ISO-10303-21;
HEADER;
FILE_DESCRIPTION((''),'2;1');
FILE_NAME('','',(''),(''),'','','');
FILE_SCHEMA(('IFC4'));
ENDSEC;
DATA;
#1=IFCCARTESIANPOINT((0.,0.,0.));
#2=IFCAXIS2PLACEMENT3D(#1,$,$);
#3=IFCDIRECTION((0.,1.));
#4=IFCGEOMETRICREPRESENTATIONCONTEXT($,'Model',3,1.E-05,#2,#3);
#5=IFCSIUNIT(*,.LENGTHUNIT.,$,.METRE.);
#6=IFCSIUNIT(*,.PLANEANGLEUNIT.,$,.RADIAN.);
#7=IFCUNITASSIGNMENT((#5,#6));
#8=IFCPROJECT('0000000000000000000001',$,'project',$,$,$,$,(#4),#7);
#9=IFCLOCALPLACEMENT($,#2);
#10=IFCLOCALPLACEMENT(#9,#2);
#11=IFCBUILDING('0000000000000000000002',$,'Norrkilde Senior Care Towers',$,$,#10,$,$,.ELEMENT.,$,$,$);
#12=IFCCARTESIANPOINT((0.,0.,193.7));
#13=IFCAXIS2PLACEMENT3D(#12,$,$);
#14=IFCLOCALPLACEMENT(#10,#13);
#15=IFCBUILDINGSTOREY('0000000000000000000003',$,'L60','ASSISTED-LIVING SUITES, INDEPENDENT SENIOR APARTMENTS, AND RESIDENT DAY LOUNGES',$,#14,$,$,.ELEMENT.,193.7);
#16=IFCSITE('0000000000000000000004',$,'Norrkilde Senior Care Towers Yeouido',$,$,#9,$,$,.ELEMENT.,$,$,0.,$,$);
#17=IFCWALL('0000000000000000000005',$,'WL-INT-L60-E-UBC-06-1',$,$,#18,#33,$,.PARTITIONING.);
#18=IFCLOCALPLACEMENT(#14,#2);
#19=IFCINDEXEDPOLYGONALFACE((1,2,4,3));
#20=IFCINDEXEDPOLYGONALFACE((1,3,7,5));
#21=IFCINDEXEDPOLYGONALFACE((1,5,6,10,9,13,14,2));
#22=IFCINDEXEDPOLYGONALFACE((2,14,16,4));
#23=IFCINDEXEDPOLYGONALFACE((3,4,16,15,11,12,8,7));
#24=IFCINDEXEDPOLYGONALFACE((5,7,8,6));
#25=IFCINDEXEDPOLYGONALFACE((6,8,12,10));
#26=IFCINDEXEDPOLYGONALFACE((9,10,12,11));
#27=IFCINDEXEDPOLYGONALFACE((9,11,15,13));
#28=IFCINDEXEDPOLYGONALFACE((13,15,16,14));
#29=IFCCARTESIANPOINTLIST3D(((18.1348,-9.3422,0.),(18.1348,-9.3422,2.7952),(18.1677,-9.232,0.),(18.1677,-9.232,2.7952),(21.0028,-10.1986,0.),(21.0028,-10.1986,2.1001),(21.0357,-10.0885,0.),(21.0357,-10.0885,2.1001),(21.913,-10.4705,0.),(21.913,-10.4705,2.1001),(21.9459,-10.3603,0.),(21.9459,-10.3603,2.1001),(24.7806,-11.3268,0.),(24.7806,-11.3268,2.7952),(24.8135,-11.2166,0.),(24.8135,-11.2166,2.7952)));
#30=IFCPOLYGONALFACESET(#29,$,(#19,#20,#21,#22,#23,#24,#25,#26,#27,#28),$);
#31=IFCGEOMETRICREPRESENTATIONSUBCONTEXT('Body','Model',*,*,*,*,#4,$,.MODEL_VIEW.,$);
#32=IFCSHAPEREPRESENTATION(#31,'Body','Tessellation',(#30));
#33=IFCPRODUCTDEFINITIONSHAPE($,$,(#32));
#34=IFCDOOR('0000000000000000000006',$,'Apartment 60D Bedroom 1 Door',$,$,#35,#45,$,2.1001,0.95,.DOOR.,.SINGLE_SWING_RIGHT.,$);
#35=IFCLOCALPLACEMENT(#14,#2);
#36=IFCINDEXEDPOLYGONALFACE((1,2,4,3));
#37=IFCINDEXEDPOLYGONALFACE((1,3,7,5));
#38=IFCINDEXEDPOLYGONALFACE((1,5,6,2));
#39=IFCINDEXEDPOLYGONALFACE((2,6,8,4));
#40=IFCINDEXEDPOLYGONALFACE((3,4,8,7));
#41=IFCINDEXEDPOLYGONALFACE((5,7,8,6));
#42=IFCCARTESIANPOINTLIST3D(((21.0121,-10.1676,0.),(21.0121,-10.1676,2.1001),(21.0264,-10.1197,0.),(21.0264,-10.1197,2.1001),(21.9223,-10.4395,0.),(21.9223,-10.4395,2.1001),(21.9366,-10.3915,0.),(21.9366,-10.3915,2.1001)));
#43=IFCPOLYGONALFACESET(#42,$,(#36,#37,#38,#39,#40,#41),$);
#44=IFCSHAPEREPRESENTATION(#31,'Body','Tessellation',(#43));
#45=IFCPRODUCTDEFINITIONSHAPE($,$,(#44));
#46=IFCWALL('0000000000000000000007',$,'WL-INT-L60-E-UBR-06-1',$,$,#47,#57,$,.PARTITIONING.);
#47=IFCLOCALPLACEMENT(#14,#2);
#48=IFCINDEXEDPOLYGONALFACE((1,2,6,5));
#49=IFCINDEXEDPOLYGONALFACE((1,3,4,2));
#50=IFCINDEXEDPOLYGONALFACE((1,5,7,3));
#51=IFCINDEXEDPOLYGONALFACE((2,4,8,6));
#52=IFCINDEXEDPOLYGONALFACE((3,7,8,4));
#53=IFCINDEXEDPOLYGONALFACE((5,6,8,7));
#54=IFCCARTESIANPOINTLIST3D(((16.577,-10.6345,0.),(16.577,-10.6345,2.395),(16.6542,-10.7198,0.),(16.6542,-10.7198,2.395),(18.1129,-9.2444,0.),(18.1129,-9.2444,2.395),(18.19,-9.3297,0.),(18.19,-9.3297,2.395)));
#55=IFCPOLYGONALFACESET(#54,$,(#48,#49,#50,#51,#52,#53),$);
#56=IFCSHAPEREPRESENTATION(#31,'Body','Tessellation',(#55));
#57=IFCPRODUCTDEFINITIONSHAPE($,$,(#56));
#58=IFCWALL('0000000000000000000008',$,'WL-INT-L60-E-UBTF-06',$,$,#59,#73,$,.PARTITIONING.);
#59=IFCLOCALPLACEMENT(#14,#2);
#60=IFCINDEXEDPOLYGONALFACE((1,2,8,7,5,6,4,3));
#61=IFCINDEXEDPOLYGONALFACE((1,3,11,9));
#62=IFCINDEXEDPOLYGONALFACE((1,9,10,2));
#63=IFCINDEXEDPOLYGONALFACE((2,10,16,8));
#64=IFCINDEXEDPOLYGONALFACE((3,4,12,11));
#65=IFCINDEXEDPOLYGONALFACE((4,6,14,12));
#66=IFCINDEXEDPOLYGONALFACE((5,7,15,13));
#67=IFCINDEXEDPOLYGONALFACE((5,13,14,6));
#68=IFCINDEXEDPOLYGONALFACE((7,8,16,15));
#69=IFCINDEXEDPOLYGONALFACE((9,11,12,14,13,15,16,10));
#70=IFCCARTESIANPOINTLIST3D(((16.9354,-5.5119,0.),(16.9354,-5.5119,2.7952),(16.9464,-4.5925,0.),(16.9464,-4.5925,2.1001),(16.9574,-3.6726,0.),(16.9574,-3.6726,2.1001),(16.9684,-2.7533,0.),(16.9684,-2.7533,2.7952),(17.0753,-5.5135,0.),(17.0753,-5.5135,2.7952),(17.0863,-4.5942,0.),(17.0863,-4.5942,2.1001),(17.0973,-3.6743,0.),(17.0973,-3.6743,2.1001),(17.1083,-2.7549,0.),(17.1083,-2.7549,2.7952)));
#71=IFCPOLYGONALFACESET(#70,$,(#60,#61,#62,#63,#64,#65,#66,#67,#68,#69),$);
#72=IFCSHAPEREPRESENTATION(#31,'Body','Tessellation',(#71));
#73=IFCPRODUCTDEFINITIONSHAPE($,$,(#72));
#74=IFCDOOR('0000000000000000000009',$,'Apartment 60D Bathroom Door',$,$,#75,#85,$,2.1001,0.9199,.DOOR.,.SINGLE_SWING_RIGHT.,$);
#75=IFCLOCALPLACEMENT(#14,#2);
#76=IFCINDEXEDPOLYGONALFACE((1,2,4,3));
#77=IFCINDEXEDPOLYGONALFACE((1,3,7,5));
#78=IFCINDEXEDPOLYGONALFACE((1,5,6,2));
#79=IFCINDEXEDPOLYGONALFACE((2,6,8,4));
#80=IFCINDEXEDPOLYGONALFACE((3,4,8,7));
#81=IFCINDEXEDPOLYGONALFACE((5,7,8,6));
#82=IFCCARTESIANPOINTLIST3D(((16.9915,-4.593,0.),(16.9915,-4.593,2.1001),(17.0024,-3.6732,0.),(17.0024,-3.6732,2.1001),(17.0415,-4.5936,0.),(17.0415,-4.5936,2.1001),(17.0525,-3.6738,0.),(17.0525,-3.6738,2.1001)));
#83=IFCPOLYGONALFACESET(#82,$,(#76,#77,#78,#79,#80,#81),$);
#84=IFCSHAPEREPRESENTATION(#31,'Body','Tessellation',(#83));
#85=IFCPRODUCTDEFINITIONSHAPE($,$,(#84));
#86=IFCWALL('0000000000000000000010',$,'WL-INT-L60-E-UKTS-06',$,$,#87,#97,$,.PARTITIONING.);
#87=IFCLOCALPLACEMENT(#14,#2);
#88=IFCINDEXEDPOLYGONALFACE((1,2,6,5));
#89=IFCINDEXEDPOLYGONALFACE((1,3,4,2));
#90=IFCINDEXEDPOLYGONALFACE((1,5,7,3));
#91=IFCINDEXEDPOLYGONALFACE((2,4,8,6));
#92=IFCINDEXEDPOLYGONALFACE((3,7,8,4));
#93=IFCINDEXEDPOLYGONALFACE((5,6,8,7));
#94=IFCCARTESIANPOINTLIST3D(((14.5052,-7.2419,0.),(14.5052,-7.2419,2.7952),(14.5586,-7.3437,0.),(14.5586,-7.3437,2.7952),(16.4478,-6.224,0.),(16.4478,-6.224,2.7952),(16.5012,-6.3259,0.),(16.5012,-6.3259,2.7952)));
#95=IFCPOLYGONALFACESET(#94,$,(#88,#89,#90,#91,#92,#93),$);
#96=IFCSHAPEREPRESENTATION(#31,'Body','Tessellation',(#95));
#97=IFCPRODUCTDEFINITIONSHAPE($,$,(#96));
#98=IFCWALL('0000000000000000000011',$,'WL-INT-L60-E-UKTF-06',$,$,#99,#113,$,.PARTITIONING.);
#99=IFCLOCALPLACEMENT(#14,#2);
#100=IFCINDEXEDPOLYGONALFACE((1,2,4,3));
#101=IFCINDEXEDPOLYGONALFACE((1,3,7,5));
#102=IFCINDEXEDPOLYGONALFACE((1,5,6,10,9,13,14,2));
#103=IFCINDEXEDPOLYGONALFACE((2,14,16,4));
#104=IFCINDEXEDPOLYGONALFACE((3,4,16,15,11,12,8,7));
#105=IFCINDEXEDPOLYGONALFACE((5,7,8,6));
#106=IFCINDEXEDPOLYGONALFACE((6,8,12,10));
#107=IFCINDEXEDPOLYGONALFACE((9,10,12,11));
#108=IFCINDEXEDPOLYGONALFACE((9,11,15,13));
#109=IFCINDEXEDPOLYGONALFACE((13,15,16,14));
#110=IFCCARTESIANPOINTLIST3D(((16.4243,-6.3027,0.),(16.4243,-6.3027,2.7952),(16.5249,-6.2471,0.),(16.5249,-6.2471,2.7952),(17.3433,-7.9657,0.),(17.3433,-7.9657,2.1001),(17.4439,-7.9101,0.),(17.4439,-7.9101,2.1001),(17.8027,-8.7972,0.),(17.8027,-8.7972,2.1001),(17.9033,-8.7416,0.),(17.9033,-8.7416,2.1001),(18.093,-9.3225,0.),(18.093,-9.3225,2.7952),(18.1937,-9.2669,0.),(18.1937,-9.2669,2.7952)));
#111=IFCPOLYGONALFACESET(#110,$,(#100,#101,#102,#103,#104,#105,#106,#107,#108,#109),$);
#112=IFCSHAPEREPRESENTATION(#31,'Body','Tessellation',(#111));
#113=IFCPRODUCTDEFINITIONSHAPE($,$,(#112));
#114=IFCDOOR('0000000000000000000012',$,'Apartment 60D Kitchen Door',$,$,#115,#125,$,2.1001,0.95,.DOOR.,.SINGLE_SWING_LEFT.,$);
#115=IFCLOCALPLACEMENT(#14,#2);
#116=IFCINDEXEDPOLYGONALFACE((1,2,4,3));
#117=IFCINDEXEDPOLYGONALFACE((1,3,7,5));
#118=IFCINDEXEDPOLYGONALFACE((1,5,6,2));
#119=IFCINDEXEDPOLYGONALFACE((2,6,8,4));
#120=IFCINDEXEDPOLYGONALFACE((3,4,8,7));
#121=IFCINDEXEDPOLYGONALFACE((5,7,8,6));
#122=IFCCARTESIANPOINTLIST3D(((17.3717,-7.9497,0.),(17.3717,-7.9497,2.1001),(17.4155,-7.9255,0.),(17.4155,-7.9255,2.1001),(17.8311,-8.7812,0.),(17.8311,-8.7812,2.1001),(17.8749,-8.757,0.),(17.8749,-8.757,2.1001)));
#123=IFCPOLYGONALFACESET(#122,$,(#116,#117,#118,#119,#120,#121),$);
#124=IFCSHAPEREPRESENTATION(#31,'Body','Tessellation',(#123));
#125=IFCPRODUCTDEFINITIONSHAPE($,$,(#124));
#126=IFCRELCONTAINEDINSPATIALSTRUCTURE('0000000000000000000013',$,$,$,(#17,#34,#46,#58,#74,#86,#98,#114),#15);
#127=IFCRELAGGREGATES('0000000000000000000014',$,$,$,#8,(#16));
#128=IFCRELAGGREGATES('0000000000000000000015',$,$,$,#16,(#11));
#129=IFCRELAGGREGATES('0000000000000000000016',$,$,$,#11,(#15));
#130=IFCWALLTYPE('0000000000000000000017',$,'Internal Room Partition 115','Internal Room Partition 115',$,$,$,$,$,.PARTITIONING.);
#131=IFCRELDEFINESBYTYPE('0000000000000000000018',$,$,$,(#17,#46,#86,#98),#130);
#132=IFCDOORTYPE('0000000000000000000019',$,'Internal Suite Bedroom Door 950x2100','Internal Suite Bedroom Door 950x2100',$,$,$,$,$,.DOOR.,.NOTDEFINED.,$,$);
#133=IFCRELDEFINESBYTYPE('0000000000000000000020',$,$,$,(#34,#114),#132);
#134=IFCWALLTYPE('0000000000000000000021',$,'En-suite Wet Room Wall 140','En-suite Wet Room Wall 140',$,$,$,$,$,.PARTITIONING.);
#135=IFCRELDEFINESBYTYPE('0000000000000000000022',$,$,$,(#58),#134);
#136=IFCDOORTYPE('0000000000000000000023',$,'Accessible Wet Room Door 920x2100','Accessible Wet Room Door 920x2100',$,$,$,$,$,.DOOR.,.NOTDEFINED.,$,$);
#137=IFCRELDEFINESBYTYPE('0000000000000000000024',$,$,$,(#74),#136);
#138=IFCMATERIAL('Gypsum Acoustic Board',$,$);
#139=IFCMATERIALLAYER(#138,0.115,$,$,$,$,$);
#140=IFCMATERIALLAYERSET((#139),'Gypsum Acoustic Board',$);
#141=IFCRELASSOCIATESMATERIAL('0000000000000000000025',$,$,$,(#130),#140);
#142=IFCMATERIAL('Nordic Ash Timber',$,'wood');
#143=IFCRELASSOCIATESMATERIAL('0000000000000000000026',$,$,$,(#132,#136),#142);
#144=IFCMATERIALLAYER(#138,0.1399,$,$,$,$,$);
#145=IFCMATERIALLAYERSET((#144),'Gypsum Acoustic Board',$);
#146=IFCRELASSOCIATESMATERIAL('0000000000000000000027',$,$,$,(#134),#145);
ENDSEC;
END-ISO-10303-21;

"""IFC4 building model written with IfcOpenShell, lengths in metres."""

from ifc_helpers import new_model, si_unit, direction, frame, frame_2d, origin, place, context, subcontext, project, spatial, rectangle, extrude, source, transform, mapped, material, layer, layer_set, type_object, type_shapes, element, fill, save


model = new_model("IFC4")

# Units and contexts
model_context = context("Model", 3, precision=1e-05, world=origin(), true_north=direction((0.0, 1.0)))
body_context = subcontext(model_context, "Body", "Model", "MODEL_VIEW")
ifc_project = project(units=[si_unit("LENGTHUNIT", "METRE"), si_unit("PLANEANGLEUNIT", "RADIAN")], contexts=[model_context])

# Site, building, storey
site_placement = place(None, origin())
site = spatial("IfcSite", under=ifc_project, at=site_placement, Name="Norrkilde Senior Care Towers Yeouido", CompositionType="ELEMENT", RefElevation=0.0)
building_placement = place(site_placement, origin())
building = spatial("IfcBuilding", under=site, at=building_placement, Name="Norrkilde Senior Care Towers", CompositionType="ELEMENT")
storey_placement = place(building_placement, frame((0.0, 0.0, 193.7)))
storey = spatial("IfcBuildingStorey", under=building, at=storey_placement, Name="L60", Description="ASSISTED-LIVING SUITES, INDEPENDENT SENIOR APARTMENTS, AND RESIDENT DAY LOUNGES", CompositionType="ELEMENT", Elevation=193.7)

# Wall, opening, door
ifc_material_1 = material(Name="Gypsum Acoustic Board")
ifc_layer_1 = layer(ifc_material_1, 0.115)
ifc_layer_set_1 = layer_set([ifc_layer_1], Name="Gypsum Acoustic Board")
wall_type_1 = type_object("IfcWallType", Name="Internal Room Partition 115", Description="Internal Room Partition 115", PredefinedType="PARTITIONING", material=ifc_layer_set_1)
shared_shape_1 = source(origin(), body_context, "Body", "SweptSolid", [
    extrude(rectangle(XDim=6.9358, YDim=0.115, at=frame_2d((3.4678, 0.0))), origin(), (0.0, 0.0, 1.0), 2.7952),
])
wall_1_placement = place(storey_placement, frame((18.1514, -9.2871, 0.0), z_axis=(0.0, 0.0, 1.0), x_axis=(0.958187, -0.286143, 0.0)))
wall_1 = element("IfcWall", 1, at=wall_1_placement, inside=storey, type_object=wall_type_1, Name="WL-INT-L60-E-UBC-06-1", PredefinedType="PARTITIONING", context=body_context, shape_type="MappedRepresentation", body=[
    mapped(shared_shape_1, transform((0.0, 0.0, 0.0), x_axis=(1.0, 0.0, 0.0), y_axis=(0.0, 1.0, 0.0), z_axis=(0.0, 0.0, 1.0), scale=1.0)),
])
opening_1_placement = place(wall_1_placement, frame((2.9929, 0.0, 0.0)))
opening_1 = element("IfcOpeningElement", 2, at=opening_1_placement, cuts=wall_1, PredefinedType="OPENING", context=body_context, shape_type="SweptSolid", body=[
    extrude(rectangle(XDim=0.95, YDim=2.1001, at=frame_2d((0.4751, 1.05))), frame((0.0, 0.0674, 0.0), z_axis=(0.0, -1.0, 0.0), x_axis=(1.0, 0.0, 0.0)), (0.0, 0.0, 1.0), 0.135),
])
ifc_material_2 = material(Name="Nordic Ash Timber", Category="wood")
door_type_1 = type_object("IfcDoorType", Name="Internal Suite Bedroom Door 950x2100", Description="Internal Suite Bedroom Door 950x2100", OperationType="NOTDEFINED", PredefinedType="DOOR", material=ifc_material_2)
shared_shape_2 = source(origin(), body_context, "Body", "SweptSolid", [
    extrude(rectangle(XDim=0.95, YDim=2.1001, at=frame_2d((0.4751, 1.05))), frame((0.0, 0.0249, 0.0), z_axis=(0.0, -1.0, 0.0), x_axis=(1.0, 0.0, 0.0)), (0.0, 0.0, 1.0), 0.05),
])
type_shapes(door_type_1, [shared_shape_2])
door_1_placement = place(opening_1_placement, origin())
door_1 = element("IfcDoor", 3, at=door_1_placement, inside=storey, type_object=door_type_1, Name="Apartment 60D Bedroom 1 Door", OperationType="SINGLE_SWING_RIGHT", OverallHeight=2.1001, OverallWidth=0.95, PredefinedType="DOOR", context=body_context, shape_type="MappedRepresentation", body=[
    mapped(shared_shape_2, transform((0.0, 0.0, 0.0), x_axis=(1.0, 0.0, 0.0), y_axis=(0.0, 1.0, 0.0), z_axis=(0.0, 0.0, 1.0), scale=1.0)),
])
fill(opening_1, door_1)

# Wall
shared_shape_3 = source(origin(), body_context, "Body", "SweptSolid", [
    extrude(rectangle(XDim=2.0715, YDim=0.115, at=frame_2d((1.0356, 0.0))), origin(), (0.0, 0.0, 1.0), 2.395),
])
wall_2_placement = place(storey_placement, frame((18.1514, -9.2871, 0.0), z_axis=(0.0, 0.0, 1.0), x_axis=(-0.74141, -0.671052, 0.0)))
element("IfcWall", 4, at=wall_2_placement, inside=storey, type_object=wall_type_1, Name="WL-INT-L60-E-UBR-06-1", PredefinedType="PARTITIONING", context=body_context, shape_type="MappedRepresentation", body=[
    mapped(shared_shape_3, transform((0.0, 0.0, 0.0), x_axis=(1.0, 0.0, 0.0), y_axis=(0.0, 1.0, 0.0), z_axis=(0.0, 0.0, 1.0), scale=1.0)),
])

# Wall, opening, door
ifc_layer_2 = layer(ifc_material_1, 0.1399)
ifc_layer_set_2 = layer_set([ifc_layer_2], Name="Gypsum Acoustic Board")
wall_type_2 = type_object("IfcWallType", Name="En-suite Wet Room Wall 140", Description="En-suite Wet Room Wall 140", PredefinedType="PARTITIONING", material=ifc_layer_set_2)
shared_shape_4 = source(origin(), body_context, "Body", "SweptSolid", [
    extrude(rectangle(XDim=2.7588, YDim=0.1399, at=frame_2d((1.3794, 0.0))), origin(), (0.0, 0.0, 1.0), 2.7952),
])
type_shapes(wall_type_2, [shared_shape_4])
wall_3_placement = place(storey_placement, frame((17.0054, -5.5127, 0.0), z_axis=(0.0, 0.0, 1.0), x_axis=(0.011947, 0.999929, 0.0)))
wall_3 = element("IfcWall", 5, at=wall_3_placement, inside=storey, type_object=wall_type_2, Name="WL-INT-L60-E-UBTF-06", PredefinedType="PARTITIONING", context=body_context, shape_type="MappedRepresentation", body=[
    mapped(shared_shape_4, transform((0.0, 0.0, 0.0), x_axis=(1.0, 0.0, 0.0), y_axis=(0.0, 1.0, 0.0), z_axis=(0.0, 0.0, 1.0), scale=1.0)),
])
opening_2_placement = place(wall_3_placement, frame((0.9194, 0.0, 0.0)))
opening_2 = element("IfcOpeningElement", 6, at=opening_2_placement, cuts=wall_3, PredefinedType="OPENING", context=body_context, shape_type="SweptSolid", body=[
    extrude(rectangle(XDim=0.9199, YDim=2.1001, at=frame_2d((0.46, 1.05))), frame((0.0, 0.0798, 0.0), z_axis=(0.0, -1.0, 0.0), x_axis=(1.0, 0.0, 0.0)), (0.0, 0.0, 1.0), 0.1599),
])
door_type_2 = type_object("IfcDoorType", Name="Accessible Wet Room Door 920x2100", Description="Accessible Wet Room Door 920x2100", OperationType="NOTDEFINED", PredefinedType="DOOR", material=ifc_material_2)
shared_shape_5 = source(origin(), body_context, "Body", "SweptSolid", [
    extrude(rectangle(XDim=0.9199, YDim=2.1001, at=frame_2d((0.46, 1.05))), frame((0.0, 0.0249, 0.0), z_axis=(0.0, -1.0, 0.0), x_axis=(1.0, 0.0, 0.0)), (0.0, 0.0, 1.0), 0.05),
])
type_shapes(door_type_2, [shared_shape_5])
door_2_placement = place(opening_2_placement, origin())
door_2 = element("IfcDoor", 7, at=door_2_placement, inside=storey, type_object=door_type_2, Name="Apartment 60D Bathroom Door", OperationType="SINGLE_SWING_RIGHT", OverallHeight=2.1001, OverallWidth=0.9199, PredefinedType="DOOR", context=body_context, shape_type="MappedRepresentation", body=[
    mapped(shared_shape_5, transform((0.0, 0.0, 0.0), x_axis=(1.0, 0.0, 0.0), y_axis=(0.0, 1.0, 0.0), z_axis=(0.0, 0.0, 1.0), scale=1.0)),
])
fill(opening_2, door_2)

# Wall
shared_shape_6 = source(origin(), body_context, "Body", "SweptSolid", [
    extrude(rectangle(XDim=2.1931, YDim=0.115, at=frame_2d((1.0967, 0.0))), origin(), (0.0, 0.0, 1.0), 2.7952),
])
wall_4_placement = place(storey_placement, frame((16.4746, -6.2749, 0.0), z_axis=(0.0, 0.0, 1.0), x_axis=(-0.885784, -0.464099, 0.0)))
element("IfcWall", 8, at=wall_4_placement, inside=storey, type_object=wall_type_1, Name="WL-INT-L60-E-UKTS-06", PredefinedType="PARTITIONING", context=body_context, shape_type="MappedRepresentation", body=[
    mapped(shared_shape_6, transform((0.0, 0.0, 0.0), x_axis=(1.0, 0.0, 0.0), y_axis=(0.0, 1.0, 0.0), z_axis=(0.0, 0.0, 1.0), scale=1.0)),
])

# Wall, opening, door
shared_shape_7 = source(origin(), body_context, "Body", "SweptSolid", [
    extrude(rectangle(XDim=3.4502, YDim=0.115, at=frame_2d((1.7251, 0.0))), origin(), (0.0, 0.0, 1.0), 2.7952),
])
type_shapes(wall_type_1, [shared_shape_1, shared_shape_3, shared_shape_6, shared_shape_7])
wall_5_placement = place(storey_placement, frame((16.4746, -6.2749, 0.0), z_axis=(0.0, 0.0, 1.0), x_axis=(0.483659, -0.875257, 0.0)))
wall_5 = element("IfcWall", 9, at=wall_5_placement, inside=storey, type_object=wall_type_1, Name="WL-INT-L60-E-UKTF-06", PredefinedType="PARTITIONING", context=body_context, shape_type="MappedRepresentation", body=[
    mapped(shared_shape_7, transform((0.0, 0.0, 0.0), x_axis=(1.0, 0.0, 0.0), y_axis=(0.0, 1.0, 0.0), z_axis=(0.0, 0.0, 1.0), scale=1.0)),
])
opening_3_placement = place(wall_5_placement, frame((1.8999, 0.0, 0.0)))
opening_3 = element("IfcOpeningElement", 10, at=opening_3_placement, cuts=wall_5, PredefinedType="OPENING", context=body_context, shape_type="SweptSolid", body=[
    extrude(rectangle(XDim=0.95, YDim=2.1001, at=frame_2d((0.4751, 1.05))), frame((0.0, 0.0674, 0.0), z_axis=(0.0, -1.0, 0.0), x_axis=(1.0, 0.0, 0.0)), (0.0, 0.0, 1.0), 0.135),
])
door_3_placement = place(opening_3_placement, frame((0.95, 0.0, 0.0), z_axis=(0.0, 0.0, 1.0), x_axis=(-1.0, 0.0, 0.0)))
door_3 = element("IfcDoor", 11, at=door_3_placement, inside=storey, type_object=door_type_1, Name="Apartment 60D Kitchen Door", OperationType="SINGLE_SWING_LEFT", OverallHeight=2.1001, OverallWidth=0.95, PredefinedType="DOOR", context=body_context, shape_type="MappedRepresentation", body=[
    mapped(shared_shape_2, transform((0.0, 0.0, 0.0), x_axis=(1.0, 0.0, 0.0), y_axis=(0.0, 1.0, 0.0), z_axis=(0.0, 0.0, 1.0), scale=1.0)),
])
fill(opening_3, door_3)

save(model, "model.ifc")
